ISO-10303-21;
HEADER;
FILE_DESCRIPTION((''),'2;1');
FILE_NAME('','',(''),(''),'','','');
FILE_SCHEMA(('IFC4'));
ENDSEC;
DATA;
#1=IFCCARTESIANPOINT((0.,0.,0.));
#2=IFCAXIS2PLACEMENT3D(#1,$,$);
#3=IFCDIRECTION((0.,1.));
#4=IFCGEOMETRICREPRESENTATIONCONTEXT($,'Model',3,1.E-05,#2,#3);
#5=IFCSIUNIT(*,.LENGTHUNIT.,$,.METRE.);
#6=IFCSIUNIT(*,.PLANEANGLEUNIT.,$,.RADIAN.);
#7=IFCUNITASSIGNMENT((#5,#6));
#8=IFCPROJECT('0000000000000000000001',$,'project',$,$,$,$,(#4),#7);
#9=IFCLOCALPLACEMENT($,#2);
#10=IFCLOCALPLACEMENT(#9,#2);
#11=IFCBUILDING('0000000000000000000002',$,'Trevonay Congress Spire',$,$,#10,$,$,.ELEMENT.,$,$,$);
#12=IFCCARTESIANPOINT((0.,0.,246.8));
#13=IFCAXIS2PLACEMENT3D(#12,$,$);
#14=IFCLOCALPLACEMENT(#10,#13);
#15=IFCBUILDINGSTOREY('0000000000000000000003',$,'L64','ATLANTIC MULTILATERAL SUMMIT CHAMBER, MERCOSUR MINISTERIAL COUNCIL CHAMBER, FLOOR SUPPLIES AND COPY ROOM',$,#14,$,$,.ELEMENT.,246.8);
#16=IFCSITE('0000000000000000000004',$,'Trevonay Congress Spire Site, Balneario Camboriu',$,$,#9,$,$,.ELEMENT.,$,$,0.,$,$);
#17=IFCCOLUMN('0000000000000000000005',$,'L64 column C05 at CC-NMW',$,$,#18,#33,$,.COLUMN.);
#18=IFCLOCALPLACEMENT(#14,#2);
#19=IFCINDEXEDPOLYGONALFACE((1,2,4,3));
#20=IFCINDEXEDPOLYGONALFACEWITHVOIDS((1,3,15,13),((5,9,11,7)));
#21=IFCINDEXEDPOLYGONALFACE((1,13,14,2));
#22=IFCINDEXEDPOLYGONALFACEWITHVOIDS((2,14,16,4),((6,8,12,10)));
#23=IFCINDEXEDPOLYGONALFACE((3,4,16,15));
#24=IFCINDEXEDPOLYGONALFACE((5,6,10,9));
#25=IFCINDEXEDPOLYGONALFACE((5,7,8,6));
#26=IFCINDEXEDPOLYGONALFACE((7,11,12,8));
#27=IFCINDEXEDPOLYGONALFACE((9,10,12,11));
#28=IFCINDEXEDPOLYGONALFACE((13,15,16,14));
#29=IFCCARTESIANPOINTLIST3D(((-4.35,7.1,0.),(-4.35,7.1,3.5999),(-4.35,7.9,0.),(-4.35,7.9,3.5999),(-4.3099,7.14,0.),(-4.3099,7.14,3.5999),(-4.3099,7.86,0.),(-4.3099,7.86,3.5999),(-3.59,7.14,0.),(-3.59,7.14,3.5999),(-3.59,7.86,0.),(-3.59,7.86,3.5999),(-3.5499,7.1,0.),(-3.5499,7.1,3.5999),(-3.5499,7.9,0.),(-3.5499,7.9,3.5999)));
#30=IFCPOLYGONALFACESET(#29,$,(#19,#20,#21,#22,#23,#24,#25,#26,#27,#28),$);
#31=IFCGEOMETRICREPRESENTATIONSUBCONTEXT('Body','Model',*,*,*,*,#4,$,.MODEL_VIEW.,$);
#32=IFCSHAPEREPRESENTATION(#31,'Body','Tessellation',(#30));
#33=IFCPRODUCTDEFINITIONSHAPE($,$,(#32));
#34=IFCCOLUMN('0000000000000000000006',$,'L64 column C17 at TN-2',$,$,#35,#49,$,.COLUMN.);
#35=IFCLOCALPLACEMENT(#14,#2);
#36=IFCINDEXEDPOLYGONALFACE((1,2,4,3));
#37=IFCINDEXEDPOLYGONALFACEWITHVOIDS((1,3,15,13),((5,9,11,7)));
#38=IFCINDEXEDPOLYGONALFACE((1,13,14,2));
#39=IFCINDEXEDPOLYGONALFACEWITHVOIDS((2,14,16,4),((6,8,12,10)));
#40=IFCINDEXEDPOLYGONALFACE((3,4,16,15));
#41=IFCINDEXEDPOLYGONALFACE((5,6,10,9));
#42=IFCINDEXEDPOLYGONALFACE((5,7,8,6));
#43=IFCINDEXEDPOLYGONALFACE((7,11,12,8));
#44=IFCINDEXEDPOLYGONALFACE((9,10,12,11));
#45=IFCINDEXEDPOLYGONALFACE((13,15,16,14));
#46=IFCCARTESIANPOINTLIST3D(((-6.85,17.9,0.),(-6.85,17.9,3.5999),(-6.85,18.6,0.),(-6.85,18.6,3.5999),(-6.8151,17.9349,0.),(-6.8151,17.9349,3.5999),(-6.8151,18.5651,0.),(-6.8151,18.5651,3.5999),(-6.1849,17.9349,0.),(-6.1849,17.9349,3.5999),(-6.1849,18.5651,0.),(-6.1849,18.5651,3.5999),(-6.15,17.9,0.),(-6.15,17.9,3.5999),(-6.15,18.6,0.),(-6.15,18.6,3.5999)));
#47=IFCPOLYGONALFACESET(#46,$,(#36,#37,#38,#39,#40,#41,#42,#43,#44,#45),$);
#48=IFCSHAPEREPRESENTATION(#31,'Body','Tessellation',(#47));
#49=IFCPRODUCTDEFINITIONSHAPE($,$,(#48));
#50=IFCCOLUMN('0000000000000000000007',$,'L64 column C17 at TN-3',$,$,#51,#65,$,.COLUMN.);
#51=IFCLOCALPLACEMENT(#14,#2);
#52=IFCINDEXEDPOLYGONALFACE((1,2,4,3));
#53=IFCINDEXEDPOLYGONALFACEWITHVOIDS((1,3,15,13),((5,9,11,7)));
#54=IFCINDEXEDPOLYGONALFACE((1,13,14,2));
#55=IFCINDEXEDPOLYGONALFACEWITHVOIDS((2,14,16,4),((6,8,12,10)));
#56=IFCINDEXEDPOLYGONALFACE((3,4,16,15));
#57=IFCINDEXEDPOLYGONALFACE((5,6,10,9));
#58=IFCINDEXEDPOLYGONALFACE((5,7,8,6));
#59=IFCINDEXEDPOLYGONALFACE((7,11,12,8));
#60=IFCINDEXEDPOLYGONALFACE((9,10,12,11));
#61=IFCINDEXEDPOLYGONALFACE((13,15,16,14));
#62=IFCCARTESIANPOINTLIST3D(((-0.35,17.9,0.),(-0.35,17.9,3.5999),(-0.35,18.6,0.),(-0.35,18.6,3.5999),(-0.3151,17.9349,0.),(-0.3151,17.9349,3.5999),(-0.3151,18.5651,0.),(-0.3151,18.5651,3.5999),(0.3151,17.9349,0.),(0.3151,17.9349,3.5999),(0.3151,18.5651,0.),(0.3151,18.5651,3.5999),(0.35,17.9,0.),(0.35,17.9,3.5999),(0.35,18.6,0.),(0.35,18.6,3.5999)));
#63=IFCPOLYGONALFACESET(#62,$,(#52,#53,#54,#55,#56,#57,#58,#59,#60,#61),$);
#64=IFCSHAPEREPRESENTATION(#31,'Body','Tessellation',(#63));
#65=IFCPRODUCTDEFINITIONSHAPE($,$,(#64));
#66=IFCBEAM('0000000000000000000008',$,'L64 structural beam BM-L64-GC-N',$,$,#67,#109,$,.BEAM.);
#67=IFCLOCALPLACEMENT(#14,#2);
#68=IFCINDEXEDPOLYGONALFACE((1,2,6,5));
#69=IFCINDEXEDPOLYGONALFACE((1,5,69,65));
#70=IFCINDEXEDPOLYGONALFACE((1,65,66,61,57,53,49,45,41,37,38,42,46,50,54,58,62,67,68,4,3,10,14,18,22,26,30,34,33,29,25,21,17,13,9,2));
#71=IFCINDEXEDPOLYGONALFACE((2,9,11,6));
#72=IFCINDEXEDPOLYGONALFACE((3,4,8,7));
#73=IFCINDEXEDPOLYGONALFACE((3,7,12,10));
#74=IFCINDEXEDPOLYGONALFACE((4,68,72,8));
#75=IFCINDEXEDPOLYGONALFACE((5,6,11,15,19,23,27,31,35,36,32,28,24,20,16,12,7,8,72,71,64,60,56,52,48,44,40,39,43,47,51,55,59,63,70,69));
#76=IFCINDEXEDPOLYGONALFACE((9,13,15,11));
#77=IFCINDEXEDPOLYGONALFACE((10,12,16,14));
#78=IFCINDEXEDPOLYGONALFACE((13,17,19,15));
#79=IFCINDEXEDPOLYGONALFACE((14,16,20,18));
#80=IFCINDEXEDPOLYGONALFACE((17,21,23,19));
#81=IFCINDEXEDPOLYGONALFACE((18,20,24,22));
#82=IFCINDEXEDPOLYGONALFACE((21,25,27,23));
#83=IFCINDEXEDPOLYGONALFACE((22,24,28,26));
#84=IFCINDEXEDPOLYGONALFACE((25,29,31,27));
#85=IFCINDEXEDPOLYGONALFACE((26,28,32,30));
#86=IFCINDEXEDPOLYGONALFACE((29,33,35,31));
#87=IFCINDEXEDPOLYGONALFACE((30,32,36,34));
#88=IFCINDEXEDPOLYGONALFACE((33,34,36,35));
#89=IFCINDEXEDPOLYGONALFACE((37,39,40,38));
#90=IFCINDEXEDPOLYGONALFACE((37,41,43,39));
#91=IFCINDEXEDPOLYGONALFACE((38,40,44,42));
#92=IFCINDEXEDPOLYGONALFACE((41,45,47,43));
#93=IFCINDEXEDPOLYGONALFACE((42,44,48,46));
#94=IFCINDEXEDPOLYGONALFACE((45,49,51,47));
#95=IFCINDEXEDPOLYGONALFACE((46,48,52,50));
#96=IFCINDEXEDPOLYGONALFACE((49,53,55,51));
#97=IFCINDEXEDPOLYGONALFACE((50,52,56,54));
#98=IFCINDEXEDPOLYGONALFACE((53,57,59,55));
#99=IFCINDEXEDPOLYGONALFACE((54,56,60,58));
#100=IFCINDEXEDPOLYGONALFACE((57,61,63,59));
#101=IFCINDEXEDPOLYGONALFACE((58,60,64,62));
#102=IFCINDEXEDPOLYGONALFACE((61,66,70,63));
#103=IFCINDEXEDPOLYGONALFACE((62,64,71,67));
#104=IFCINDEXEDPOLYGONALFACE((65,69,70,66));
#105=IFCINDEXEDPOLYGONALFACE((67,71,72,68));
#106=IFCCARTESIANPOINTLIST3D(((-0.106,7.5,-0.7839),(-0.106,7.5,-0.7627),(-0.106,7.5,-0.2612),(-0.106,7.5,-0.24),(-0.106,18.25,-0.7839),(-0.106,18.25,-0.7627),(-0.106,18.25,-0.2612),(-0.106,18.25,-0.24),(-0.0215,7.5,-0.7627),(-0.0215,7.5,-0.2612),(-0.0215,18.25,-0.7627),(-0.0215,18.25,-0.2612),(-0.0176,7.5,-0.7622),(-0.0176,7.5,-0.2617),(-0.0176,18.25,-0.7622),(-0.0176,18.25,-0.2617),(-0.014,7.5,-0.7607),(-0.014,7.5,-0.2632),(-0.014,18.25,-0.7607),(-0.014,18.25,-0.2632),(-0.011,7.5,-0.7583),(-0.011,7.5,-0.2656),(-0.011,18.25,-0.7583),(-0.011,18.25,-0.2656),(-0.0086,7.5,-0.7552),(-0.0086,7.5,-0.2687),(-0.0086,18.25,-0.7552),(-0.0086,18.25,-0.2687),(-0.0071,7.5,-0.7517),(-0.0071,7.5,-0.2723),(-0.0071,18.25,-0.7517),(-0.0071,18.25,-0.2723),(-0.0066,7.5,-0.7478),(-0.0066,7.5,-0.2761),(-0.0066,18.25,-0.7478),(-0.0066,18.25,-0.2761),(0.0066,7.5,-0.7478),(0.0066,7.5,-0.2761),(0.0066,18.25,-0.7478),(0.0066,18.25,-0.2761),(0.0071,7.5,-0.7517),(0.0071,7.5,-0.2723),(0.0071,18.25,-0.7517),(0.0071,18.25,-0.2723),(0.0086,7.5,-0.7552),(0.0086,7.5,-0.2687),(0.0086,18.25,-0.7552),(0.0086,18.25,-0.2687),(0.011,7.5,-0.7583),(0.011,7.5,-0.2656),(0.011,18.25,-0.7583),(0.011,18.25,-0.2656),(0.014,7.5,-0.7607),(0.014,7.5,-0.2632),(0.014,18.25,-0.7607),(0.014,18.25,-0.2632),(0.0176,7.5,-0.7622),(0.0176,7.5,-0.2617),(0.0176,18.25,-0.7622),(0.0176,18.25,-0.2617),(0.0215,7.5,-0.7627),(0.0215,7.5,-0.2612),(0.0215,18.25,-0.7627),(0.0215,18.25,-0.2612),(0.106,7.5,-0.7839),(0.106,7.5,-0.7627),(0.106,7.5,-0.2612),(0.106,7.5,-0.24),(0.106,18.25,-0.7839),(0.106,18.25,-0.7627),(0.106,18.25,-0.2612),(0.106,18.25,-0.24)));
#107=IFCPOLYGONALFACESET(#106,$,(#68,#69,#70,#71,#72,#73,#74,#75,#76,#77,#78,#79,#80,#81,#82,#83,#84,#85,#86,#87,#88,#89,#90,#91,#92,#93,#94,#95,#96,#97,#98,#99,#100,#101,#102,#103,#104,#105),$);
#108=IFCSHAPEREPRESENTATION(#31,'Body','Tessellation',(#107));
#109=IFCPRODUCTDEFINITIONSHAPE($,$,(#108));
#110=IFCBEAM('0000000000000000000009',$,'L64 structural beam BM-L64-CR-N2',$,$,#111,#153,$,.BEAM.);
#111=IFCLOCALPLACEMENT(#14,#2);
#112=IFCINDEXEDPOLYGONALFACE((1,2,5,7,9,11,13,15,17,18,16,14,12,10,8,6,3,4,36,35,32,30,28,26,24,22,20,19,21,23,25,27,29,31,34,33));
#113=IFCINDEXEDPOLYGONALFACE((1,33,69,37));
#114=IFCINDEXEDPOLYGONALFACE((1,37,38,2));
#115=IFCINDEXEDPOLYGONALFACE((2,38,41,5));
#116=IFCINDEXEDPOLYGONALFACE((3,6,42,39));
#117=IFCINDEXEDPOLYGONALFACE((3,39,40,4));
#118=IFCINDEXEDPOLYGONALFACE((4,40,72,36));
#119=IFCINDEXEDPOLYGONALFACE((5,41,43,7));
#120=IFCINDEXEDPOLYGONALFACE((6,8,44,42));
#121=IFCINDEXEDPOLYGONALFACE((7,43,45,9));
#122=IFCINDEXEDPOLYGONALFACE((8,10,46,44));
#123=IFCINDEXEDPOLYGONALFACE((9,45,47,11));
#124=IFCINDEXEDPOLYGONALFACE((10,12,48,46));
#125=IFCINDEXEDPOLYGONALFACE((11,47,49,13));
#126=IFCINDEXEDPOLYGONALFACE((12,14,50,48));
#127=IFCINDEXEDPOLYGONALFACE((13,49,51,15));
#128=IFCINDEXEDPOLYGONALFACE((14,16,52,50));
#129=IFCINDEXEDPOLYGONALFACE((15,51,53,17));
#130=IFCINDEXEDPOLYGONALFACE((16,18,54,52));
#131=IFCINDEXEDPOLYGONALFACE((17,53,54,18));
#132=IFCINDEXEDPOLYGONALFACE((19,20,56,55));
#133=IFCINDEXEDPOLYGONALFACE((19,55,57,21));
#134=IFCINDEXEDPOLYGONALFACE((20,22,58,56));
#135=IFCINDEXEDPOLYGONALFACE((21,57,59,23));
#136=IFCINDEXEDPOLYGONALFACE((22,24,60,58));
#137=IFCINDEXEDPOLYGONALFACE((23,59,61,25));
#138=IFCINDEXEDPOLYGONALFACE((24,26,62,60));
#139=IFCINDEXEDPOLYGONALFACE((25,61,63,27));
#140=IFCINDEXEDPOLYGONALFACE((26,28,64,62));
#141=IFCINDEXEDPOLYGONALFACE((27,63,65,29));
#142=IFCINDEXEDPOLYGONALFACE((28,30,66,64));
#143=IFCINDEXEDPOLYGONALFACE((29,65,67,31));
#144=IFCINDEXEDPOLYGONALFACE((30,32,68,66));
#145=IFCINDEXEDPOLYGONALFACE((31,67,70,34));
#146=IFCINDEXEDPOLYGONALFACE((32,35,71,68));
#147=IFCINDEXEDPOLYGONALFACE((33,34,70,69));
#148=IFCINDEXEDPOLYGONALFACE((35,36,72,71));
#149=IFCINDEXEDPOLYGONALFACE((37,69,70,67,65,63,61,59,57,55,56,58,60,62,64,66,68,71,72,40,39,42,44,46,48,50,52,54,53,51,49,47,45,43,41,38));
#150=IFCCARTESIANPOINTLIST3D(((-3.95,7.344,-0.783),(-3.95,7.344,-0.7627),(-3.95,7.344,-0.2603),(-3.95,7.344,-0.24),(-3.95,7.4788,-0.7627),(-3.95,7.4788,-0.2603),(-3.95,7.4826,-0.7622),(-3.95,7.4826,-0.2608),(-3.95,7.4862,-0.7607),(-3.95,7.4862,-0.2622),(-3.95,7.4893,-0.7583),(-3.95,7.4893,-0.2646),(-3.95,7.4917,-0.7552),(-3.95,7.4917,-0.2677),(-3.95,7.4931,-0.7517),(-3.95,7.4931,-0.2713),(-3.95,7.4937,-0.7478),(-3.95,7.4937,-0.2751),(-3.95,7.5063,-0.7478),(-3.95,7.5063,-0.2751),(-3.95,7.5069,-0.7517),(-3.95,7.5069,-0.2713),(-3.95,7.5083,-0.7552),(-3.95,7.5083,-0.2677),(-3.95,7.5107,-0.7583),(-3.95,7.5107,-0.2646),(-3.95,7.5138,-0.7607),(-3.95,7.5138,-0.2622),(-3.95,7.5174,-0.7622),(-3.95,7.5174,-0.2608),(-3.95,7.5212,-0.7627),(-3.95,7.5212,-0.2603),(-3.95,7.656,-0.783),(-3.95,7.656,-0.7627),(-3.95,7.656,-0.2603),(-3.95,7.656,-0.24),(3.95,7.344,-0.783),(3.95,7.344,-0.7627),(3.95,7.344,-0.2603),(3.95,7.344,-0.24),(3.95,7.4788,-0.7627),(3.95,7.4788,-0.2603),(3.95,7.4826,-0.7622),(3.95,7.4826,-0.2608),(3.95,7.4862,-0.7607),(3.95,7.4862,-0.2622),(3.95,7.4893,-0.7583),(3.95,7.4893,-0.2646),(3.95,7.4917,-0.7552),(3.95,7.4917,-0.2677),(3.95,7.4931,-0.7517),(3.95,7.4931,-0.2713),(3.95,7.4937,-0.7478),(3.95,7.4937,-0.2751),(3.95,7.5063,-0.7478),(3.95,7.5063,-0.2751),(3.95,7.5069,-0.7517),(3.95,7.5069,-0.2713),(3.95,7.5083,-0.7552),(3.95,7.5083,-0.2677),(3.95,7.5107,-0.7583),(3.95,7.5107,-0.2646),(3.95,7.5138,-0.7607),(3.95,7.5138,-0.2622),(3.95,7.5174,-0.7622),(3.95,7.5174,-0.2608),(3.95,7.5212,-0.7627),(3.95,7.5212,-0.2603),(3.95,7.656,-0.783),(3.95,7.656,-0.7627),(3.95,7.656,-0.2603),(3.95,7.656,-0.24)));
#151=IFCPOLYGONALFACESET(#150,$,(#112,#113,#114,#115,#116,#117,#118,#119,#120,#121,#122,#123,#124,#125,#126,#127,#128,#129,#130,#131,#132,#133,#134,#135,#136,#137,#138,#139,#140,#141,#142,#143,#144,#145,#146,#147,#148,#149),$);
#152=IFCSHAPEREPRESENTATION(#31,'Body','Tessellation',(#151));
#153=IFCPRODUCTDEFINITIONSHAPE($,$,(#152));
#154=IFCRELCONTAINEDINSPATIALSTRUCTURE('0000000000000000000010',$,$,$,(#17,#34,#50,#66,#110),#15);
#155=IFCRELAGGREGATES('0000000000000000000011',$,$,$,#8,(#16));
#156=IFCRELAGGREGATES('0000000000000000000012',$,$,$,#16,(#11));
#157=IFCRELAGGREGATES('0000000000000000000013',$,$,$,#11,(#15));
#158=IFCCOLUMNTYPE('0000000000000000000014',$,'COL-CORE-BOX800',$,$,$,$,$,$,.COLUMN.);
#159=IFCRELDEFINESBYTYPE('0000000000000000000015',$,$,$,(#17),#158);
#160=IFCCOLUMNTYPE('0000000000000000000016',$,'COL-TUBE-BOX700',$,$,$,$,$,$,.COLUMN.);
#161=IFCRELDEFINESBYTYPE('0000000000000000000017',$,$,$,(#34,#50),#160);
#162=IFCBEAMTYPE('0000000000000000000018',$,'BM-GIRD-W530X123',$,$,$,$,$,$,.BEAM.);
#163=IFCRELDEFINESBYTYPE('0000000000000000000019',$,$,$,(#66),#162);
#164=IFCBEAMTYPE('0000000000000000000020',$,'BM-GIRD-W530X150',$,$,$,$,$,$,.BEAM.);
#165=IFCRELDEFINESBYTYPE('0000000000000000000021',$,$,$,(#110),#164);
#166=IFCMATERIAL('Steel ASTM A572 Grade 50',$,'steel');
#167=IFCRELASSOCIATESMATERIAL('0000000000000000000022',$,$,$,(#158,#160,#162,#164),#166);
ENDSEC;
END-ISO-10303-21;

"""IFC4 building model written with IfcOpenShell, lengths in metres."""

from ifc_helpers import new_model, si_unit, direction, frame, origin, origin_2d, place, context, subcontext, project, spatial, hollow_rectangle, i_section, extrude, material, material_profile, profile_set, type_object, element, save


model = new_model("IFC4")

# Units and contexts
model_context = context("Model", 3, precision=1e-05, world=origin(), true_north=direction((0.0, 1.0)))
body_context = subcontext(model_context, "Body", "Model", "MODEL_VIEW")
ifc_project = project(units=[si_unit("LENGTHUNIT", "METRE"), si_unit("PLANEANGLEUNIT", "RADIAN")], contexts=[model_context])

# Site, building, storey
site_placement = place(None, origin())
site = spatial("IfcSite", under=ifc_project, at=site_placement, Name="Trevonay Congress Spire Site, Balneario Camboriu", CompositionType="ELEMENT", RefElevation=0.0)
building_placement = place(site_placement, origin())
building = spatial("IfcBuilding", under=site, at=building_placement, Name="Trevonay Congress Spire", CompositionType="ELEMENT")
storey_placement = place(building_placement, frame((0.0, 0.0, 246.8)))
storey = spatial("IfcBuildingStorey", under=building, at=storey_placement, Name="L64", Description="ATLANTIC MULTILATERAL SUMMIT CHAMBER, MERCOSUR MINISTERIAL COUNCIL CHAMBER, FLOOR SUPPLIES AND COPY ROOM", CompositionType="ELEMENT", Elevation=246.8)

# Columns
ifc_material_1 = material(Name="Steel ASTM A572 Grade 50", Category="steel")
ifc_material_profile_1 = material_profile(ifc_material_1, hollow_rectangle(XDim=0.8, YDim=0.8, WallThickness=0.04, at=origin_2d()), Name="BOX 800x800x40")
ifc_profile_set_1 = profile_set([ifc_material_profile_1], Name="Steel ASTM A572 Grade 50")
column_type_1 = type_object("IfcColumnType", Name="COL-CORE-BOX800", PredefinedType="COLUMN", material=ifc_profile_set_1)
column_placement = place(storey_placement, frame((-3.95, 7.5, 0.0), z_axis=(0.0, 0.0, 1.0), x_axis=(1.0, 0.0, 0.0)))
element("IfcColumn", 1, at=column_placement, inside=storey, type_object=column_type_1, Name="L64 column C05 at CC-NMW", PredefinedType="COLUMN", context=body_context, shape_type="SweptSolid", body=[
    extrude(hollow_rectangle(XDim=0.8, YDim=0.8, WallThickness=0.04, at=origin_2d()), origin(), (0.0, 0.0, 1.0), 3.5999),
])
ifc_material_profile_2 = material_profile(ifc_material_1, hollow_rectangle(XDim=0.7, YDim=0.7, WallThickness=0.0349, at=origin_2d()), Name="BOX 700x700x35")
ifc_profile_set_2 = profile_set([ifc_material_profile_2], Name="Steel ASTM A572 Grade 50")
column_type_2 = type_object("IfcColumnType", Name="COL-TUBE-BOX700", PredefinedType="COLUMN", material=ifc_profile_set_2)
for number, where, z_axis, x_axis, name in (
    (2, (-6.5, 18.25, 0.0), (0.0, 0.0, 1.0), (1.0, 0.0, 0.0), "L64 column C17 at TN-2"),
    (3, (0.0, 18.25, 0.0), (0.0, 0.0, 1.0), (1.0, 0.0, 0.0), "L64 column C17 at TN-3"),
):
    element("IfcColumn", number, at=place(storey_placement, frame(where, z_axis=z_axis, x_axis=x_axis)), inside=storey, type_object=column_type_2, Name=name, PredefinedType="COLUMN", context=body_context, shape_type="SweptSolid", body=[
        extrude(hollow_rectangle(XDim=0.7, YDim=0.7, WallThickness=0.0349, at=origin_2d()), origin(), (0.0, 0.0, 1.0), 3.5999),
    ])

# Beams
ifc_material_profile_3 = material_profile(ifc_material_1, i_section(OverallWidth=0.2119, OverallDepth=0.5439, WebThickness=0.0132, FlangeThickness=0.0212, FilletRadius=0.0149, at=origin_2d()), Name="W530x123")
ifc_profile_set_3 = profile_set([ifc_material_profile_3], Name="Steel ASTM A572 Grade 50")
beam_type_1 = type_object("IfcBeamType", Name="BM-GIRD-W530X123", PredefinedType="BEAM", material=ifc_profile_set_3)
beam_1_placement = place(storey_placement, frame((0.0, 7.5, -0.512), z_axis=(0.0, 1.0, 0.0), x_axis=(-1.0, 0.0, 0.0)))
element("IfcBeam", 4, at=beam_1_placement, inside=storey, type_object=beam_type_1, Name="L64 structural beam BM-L64-GC-N", PredefinedType="BEAM", context=body_context, shape_type="SweptSolid", body=[
    extrude(i_section(OverallWidth=0.2119, OverallDepth=0.5439, WebThickness=0.0132, FlangeThickness=0.0212, FilletRadius=0.0149, at=origin_2d()), origin(), (0.0, 0.0, 1.0), 10.75),
])
ifc_material_profile_4 = material_profile(ifc_material_1, i_section(OverallWidth=0.312, OverallDepth=0.543, WebThickness=0.0127, FlangeThickness=0.0203, FilletRadius=0.0149, at=origin_2d()), Name="W530x150")
ifc_profile_set_4 = profile_set([ifc_material_profile_4], Name="Steel ASTM A572 Grade 50")
beam_type_2 = type_object("IfcBeamType", Name="BM-GIRD-W530X150", PredefinedType="BEAM", material=ifc_profile_set_4)
beam_2_placement = place(storey_placement, frame((-3.95, 7.5, -0.5115), z_axis=(1.0, 0.0, 0.0), x_axis=(0.0, 1.0, 0.0)))
element("IfcBeam", 5, at=beam_2_placement, inside=storey, type_object=beam_type_2, Name="L64 structural beam BM-L64-CR-N2", PredefinedType="BEAM", context=body_context, shape_type="SweptSolid", body=[
    extrude(i_section(OverallWidth=0.312, OverallDepth=0.543, WebThickness=0.0127, FlangeThickness=0.0203, FilletRadius=0.0149, at=origin_2d()), origin(), (0.0, 0.0, 1.0), 7.8999),
])

save(model, "model.ifc")
